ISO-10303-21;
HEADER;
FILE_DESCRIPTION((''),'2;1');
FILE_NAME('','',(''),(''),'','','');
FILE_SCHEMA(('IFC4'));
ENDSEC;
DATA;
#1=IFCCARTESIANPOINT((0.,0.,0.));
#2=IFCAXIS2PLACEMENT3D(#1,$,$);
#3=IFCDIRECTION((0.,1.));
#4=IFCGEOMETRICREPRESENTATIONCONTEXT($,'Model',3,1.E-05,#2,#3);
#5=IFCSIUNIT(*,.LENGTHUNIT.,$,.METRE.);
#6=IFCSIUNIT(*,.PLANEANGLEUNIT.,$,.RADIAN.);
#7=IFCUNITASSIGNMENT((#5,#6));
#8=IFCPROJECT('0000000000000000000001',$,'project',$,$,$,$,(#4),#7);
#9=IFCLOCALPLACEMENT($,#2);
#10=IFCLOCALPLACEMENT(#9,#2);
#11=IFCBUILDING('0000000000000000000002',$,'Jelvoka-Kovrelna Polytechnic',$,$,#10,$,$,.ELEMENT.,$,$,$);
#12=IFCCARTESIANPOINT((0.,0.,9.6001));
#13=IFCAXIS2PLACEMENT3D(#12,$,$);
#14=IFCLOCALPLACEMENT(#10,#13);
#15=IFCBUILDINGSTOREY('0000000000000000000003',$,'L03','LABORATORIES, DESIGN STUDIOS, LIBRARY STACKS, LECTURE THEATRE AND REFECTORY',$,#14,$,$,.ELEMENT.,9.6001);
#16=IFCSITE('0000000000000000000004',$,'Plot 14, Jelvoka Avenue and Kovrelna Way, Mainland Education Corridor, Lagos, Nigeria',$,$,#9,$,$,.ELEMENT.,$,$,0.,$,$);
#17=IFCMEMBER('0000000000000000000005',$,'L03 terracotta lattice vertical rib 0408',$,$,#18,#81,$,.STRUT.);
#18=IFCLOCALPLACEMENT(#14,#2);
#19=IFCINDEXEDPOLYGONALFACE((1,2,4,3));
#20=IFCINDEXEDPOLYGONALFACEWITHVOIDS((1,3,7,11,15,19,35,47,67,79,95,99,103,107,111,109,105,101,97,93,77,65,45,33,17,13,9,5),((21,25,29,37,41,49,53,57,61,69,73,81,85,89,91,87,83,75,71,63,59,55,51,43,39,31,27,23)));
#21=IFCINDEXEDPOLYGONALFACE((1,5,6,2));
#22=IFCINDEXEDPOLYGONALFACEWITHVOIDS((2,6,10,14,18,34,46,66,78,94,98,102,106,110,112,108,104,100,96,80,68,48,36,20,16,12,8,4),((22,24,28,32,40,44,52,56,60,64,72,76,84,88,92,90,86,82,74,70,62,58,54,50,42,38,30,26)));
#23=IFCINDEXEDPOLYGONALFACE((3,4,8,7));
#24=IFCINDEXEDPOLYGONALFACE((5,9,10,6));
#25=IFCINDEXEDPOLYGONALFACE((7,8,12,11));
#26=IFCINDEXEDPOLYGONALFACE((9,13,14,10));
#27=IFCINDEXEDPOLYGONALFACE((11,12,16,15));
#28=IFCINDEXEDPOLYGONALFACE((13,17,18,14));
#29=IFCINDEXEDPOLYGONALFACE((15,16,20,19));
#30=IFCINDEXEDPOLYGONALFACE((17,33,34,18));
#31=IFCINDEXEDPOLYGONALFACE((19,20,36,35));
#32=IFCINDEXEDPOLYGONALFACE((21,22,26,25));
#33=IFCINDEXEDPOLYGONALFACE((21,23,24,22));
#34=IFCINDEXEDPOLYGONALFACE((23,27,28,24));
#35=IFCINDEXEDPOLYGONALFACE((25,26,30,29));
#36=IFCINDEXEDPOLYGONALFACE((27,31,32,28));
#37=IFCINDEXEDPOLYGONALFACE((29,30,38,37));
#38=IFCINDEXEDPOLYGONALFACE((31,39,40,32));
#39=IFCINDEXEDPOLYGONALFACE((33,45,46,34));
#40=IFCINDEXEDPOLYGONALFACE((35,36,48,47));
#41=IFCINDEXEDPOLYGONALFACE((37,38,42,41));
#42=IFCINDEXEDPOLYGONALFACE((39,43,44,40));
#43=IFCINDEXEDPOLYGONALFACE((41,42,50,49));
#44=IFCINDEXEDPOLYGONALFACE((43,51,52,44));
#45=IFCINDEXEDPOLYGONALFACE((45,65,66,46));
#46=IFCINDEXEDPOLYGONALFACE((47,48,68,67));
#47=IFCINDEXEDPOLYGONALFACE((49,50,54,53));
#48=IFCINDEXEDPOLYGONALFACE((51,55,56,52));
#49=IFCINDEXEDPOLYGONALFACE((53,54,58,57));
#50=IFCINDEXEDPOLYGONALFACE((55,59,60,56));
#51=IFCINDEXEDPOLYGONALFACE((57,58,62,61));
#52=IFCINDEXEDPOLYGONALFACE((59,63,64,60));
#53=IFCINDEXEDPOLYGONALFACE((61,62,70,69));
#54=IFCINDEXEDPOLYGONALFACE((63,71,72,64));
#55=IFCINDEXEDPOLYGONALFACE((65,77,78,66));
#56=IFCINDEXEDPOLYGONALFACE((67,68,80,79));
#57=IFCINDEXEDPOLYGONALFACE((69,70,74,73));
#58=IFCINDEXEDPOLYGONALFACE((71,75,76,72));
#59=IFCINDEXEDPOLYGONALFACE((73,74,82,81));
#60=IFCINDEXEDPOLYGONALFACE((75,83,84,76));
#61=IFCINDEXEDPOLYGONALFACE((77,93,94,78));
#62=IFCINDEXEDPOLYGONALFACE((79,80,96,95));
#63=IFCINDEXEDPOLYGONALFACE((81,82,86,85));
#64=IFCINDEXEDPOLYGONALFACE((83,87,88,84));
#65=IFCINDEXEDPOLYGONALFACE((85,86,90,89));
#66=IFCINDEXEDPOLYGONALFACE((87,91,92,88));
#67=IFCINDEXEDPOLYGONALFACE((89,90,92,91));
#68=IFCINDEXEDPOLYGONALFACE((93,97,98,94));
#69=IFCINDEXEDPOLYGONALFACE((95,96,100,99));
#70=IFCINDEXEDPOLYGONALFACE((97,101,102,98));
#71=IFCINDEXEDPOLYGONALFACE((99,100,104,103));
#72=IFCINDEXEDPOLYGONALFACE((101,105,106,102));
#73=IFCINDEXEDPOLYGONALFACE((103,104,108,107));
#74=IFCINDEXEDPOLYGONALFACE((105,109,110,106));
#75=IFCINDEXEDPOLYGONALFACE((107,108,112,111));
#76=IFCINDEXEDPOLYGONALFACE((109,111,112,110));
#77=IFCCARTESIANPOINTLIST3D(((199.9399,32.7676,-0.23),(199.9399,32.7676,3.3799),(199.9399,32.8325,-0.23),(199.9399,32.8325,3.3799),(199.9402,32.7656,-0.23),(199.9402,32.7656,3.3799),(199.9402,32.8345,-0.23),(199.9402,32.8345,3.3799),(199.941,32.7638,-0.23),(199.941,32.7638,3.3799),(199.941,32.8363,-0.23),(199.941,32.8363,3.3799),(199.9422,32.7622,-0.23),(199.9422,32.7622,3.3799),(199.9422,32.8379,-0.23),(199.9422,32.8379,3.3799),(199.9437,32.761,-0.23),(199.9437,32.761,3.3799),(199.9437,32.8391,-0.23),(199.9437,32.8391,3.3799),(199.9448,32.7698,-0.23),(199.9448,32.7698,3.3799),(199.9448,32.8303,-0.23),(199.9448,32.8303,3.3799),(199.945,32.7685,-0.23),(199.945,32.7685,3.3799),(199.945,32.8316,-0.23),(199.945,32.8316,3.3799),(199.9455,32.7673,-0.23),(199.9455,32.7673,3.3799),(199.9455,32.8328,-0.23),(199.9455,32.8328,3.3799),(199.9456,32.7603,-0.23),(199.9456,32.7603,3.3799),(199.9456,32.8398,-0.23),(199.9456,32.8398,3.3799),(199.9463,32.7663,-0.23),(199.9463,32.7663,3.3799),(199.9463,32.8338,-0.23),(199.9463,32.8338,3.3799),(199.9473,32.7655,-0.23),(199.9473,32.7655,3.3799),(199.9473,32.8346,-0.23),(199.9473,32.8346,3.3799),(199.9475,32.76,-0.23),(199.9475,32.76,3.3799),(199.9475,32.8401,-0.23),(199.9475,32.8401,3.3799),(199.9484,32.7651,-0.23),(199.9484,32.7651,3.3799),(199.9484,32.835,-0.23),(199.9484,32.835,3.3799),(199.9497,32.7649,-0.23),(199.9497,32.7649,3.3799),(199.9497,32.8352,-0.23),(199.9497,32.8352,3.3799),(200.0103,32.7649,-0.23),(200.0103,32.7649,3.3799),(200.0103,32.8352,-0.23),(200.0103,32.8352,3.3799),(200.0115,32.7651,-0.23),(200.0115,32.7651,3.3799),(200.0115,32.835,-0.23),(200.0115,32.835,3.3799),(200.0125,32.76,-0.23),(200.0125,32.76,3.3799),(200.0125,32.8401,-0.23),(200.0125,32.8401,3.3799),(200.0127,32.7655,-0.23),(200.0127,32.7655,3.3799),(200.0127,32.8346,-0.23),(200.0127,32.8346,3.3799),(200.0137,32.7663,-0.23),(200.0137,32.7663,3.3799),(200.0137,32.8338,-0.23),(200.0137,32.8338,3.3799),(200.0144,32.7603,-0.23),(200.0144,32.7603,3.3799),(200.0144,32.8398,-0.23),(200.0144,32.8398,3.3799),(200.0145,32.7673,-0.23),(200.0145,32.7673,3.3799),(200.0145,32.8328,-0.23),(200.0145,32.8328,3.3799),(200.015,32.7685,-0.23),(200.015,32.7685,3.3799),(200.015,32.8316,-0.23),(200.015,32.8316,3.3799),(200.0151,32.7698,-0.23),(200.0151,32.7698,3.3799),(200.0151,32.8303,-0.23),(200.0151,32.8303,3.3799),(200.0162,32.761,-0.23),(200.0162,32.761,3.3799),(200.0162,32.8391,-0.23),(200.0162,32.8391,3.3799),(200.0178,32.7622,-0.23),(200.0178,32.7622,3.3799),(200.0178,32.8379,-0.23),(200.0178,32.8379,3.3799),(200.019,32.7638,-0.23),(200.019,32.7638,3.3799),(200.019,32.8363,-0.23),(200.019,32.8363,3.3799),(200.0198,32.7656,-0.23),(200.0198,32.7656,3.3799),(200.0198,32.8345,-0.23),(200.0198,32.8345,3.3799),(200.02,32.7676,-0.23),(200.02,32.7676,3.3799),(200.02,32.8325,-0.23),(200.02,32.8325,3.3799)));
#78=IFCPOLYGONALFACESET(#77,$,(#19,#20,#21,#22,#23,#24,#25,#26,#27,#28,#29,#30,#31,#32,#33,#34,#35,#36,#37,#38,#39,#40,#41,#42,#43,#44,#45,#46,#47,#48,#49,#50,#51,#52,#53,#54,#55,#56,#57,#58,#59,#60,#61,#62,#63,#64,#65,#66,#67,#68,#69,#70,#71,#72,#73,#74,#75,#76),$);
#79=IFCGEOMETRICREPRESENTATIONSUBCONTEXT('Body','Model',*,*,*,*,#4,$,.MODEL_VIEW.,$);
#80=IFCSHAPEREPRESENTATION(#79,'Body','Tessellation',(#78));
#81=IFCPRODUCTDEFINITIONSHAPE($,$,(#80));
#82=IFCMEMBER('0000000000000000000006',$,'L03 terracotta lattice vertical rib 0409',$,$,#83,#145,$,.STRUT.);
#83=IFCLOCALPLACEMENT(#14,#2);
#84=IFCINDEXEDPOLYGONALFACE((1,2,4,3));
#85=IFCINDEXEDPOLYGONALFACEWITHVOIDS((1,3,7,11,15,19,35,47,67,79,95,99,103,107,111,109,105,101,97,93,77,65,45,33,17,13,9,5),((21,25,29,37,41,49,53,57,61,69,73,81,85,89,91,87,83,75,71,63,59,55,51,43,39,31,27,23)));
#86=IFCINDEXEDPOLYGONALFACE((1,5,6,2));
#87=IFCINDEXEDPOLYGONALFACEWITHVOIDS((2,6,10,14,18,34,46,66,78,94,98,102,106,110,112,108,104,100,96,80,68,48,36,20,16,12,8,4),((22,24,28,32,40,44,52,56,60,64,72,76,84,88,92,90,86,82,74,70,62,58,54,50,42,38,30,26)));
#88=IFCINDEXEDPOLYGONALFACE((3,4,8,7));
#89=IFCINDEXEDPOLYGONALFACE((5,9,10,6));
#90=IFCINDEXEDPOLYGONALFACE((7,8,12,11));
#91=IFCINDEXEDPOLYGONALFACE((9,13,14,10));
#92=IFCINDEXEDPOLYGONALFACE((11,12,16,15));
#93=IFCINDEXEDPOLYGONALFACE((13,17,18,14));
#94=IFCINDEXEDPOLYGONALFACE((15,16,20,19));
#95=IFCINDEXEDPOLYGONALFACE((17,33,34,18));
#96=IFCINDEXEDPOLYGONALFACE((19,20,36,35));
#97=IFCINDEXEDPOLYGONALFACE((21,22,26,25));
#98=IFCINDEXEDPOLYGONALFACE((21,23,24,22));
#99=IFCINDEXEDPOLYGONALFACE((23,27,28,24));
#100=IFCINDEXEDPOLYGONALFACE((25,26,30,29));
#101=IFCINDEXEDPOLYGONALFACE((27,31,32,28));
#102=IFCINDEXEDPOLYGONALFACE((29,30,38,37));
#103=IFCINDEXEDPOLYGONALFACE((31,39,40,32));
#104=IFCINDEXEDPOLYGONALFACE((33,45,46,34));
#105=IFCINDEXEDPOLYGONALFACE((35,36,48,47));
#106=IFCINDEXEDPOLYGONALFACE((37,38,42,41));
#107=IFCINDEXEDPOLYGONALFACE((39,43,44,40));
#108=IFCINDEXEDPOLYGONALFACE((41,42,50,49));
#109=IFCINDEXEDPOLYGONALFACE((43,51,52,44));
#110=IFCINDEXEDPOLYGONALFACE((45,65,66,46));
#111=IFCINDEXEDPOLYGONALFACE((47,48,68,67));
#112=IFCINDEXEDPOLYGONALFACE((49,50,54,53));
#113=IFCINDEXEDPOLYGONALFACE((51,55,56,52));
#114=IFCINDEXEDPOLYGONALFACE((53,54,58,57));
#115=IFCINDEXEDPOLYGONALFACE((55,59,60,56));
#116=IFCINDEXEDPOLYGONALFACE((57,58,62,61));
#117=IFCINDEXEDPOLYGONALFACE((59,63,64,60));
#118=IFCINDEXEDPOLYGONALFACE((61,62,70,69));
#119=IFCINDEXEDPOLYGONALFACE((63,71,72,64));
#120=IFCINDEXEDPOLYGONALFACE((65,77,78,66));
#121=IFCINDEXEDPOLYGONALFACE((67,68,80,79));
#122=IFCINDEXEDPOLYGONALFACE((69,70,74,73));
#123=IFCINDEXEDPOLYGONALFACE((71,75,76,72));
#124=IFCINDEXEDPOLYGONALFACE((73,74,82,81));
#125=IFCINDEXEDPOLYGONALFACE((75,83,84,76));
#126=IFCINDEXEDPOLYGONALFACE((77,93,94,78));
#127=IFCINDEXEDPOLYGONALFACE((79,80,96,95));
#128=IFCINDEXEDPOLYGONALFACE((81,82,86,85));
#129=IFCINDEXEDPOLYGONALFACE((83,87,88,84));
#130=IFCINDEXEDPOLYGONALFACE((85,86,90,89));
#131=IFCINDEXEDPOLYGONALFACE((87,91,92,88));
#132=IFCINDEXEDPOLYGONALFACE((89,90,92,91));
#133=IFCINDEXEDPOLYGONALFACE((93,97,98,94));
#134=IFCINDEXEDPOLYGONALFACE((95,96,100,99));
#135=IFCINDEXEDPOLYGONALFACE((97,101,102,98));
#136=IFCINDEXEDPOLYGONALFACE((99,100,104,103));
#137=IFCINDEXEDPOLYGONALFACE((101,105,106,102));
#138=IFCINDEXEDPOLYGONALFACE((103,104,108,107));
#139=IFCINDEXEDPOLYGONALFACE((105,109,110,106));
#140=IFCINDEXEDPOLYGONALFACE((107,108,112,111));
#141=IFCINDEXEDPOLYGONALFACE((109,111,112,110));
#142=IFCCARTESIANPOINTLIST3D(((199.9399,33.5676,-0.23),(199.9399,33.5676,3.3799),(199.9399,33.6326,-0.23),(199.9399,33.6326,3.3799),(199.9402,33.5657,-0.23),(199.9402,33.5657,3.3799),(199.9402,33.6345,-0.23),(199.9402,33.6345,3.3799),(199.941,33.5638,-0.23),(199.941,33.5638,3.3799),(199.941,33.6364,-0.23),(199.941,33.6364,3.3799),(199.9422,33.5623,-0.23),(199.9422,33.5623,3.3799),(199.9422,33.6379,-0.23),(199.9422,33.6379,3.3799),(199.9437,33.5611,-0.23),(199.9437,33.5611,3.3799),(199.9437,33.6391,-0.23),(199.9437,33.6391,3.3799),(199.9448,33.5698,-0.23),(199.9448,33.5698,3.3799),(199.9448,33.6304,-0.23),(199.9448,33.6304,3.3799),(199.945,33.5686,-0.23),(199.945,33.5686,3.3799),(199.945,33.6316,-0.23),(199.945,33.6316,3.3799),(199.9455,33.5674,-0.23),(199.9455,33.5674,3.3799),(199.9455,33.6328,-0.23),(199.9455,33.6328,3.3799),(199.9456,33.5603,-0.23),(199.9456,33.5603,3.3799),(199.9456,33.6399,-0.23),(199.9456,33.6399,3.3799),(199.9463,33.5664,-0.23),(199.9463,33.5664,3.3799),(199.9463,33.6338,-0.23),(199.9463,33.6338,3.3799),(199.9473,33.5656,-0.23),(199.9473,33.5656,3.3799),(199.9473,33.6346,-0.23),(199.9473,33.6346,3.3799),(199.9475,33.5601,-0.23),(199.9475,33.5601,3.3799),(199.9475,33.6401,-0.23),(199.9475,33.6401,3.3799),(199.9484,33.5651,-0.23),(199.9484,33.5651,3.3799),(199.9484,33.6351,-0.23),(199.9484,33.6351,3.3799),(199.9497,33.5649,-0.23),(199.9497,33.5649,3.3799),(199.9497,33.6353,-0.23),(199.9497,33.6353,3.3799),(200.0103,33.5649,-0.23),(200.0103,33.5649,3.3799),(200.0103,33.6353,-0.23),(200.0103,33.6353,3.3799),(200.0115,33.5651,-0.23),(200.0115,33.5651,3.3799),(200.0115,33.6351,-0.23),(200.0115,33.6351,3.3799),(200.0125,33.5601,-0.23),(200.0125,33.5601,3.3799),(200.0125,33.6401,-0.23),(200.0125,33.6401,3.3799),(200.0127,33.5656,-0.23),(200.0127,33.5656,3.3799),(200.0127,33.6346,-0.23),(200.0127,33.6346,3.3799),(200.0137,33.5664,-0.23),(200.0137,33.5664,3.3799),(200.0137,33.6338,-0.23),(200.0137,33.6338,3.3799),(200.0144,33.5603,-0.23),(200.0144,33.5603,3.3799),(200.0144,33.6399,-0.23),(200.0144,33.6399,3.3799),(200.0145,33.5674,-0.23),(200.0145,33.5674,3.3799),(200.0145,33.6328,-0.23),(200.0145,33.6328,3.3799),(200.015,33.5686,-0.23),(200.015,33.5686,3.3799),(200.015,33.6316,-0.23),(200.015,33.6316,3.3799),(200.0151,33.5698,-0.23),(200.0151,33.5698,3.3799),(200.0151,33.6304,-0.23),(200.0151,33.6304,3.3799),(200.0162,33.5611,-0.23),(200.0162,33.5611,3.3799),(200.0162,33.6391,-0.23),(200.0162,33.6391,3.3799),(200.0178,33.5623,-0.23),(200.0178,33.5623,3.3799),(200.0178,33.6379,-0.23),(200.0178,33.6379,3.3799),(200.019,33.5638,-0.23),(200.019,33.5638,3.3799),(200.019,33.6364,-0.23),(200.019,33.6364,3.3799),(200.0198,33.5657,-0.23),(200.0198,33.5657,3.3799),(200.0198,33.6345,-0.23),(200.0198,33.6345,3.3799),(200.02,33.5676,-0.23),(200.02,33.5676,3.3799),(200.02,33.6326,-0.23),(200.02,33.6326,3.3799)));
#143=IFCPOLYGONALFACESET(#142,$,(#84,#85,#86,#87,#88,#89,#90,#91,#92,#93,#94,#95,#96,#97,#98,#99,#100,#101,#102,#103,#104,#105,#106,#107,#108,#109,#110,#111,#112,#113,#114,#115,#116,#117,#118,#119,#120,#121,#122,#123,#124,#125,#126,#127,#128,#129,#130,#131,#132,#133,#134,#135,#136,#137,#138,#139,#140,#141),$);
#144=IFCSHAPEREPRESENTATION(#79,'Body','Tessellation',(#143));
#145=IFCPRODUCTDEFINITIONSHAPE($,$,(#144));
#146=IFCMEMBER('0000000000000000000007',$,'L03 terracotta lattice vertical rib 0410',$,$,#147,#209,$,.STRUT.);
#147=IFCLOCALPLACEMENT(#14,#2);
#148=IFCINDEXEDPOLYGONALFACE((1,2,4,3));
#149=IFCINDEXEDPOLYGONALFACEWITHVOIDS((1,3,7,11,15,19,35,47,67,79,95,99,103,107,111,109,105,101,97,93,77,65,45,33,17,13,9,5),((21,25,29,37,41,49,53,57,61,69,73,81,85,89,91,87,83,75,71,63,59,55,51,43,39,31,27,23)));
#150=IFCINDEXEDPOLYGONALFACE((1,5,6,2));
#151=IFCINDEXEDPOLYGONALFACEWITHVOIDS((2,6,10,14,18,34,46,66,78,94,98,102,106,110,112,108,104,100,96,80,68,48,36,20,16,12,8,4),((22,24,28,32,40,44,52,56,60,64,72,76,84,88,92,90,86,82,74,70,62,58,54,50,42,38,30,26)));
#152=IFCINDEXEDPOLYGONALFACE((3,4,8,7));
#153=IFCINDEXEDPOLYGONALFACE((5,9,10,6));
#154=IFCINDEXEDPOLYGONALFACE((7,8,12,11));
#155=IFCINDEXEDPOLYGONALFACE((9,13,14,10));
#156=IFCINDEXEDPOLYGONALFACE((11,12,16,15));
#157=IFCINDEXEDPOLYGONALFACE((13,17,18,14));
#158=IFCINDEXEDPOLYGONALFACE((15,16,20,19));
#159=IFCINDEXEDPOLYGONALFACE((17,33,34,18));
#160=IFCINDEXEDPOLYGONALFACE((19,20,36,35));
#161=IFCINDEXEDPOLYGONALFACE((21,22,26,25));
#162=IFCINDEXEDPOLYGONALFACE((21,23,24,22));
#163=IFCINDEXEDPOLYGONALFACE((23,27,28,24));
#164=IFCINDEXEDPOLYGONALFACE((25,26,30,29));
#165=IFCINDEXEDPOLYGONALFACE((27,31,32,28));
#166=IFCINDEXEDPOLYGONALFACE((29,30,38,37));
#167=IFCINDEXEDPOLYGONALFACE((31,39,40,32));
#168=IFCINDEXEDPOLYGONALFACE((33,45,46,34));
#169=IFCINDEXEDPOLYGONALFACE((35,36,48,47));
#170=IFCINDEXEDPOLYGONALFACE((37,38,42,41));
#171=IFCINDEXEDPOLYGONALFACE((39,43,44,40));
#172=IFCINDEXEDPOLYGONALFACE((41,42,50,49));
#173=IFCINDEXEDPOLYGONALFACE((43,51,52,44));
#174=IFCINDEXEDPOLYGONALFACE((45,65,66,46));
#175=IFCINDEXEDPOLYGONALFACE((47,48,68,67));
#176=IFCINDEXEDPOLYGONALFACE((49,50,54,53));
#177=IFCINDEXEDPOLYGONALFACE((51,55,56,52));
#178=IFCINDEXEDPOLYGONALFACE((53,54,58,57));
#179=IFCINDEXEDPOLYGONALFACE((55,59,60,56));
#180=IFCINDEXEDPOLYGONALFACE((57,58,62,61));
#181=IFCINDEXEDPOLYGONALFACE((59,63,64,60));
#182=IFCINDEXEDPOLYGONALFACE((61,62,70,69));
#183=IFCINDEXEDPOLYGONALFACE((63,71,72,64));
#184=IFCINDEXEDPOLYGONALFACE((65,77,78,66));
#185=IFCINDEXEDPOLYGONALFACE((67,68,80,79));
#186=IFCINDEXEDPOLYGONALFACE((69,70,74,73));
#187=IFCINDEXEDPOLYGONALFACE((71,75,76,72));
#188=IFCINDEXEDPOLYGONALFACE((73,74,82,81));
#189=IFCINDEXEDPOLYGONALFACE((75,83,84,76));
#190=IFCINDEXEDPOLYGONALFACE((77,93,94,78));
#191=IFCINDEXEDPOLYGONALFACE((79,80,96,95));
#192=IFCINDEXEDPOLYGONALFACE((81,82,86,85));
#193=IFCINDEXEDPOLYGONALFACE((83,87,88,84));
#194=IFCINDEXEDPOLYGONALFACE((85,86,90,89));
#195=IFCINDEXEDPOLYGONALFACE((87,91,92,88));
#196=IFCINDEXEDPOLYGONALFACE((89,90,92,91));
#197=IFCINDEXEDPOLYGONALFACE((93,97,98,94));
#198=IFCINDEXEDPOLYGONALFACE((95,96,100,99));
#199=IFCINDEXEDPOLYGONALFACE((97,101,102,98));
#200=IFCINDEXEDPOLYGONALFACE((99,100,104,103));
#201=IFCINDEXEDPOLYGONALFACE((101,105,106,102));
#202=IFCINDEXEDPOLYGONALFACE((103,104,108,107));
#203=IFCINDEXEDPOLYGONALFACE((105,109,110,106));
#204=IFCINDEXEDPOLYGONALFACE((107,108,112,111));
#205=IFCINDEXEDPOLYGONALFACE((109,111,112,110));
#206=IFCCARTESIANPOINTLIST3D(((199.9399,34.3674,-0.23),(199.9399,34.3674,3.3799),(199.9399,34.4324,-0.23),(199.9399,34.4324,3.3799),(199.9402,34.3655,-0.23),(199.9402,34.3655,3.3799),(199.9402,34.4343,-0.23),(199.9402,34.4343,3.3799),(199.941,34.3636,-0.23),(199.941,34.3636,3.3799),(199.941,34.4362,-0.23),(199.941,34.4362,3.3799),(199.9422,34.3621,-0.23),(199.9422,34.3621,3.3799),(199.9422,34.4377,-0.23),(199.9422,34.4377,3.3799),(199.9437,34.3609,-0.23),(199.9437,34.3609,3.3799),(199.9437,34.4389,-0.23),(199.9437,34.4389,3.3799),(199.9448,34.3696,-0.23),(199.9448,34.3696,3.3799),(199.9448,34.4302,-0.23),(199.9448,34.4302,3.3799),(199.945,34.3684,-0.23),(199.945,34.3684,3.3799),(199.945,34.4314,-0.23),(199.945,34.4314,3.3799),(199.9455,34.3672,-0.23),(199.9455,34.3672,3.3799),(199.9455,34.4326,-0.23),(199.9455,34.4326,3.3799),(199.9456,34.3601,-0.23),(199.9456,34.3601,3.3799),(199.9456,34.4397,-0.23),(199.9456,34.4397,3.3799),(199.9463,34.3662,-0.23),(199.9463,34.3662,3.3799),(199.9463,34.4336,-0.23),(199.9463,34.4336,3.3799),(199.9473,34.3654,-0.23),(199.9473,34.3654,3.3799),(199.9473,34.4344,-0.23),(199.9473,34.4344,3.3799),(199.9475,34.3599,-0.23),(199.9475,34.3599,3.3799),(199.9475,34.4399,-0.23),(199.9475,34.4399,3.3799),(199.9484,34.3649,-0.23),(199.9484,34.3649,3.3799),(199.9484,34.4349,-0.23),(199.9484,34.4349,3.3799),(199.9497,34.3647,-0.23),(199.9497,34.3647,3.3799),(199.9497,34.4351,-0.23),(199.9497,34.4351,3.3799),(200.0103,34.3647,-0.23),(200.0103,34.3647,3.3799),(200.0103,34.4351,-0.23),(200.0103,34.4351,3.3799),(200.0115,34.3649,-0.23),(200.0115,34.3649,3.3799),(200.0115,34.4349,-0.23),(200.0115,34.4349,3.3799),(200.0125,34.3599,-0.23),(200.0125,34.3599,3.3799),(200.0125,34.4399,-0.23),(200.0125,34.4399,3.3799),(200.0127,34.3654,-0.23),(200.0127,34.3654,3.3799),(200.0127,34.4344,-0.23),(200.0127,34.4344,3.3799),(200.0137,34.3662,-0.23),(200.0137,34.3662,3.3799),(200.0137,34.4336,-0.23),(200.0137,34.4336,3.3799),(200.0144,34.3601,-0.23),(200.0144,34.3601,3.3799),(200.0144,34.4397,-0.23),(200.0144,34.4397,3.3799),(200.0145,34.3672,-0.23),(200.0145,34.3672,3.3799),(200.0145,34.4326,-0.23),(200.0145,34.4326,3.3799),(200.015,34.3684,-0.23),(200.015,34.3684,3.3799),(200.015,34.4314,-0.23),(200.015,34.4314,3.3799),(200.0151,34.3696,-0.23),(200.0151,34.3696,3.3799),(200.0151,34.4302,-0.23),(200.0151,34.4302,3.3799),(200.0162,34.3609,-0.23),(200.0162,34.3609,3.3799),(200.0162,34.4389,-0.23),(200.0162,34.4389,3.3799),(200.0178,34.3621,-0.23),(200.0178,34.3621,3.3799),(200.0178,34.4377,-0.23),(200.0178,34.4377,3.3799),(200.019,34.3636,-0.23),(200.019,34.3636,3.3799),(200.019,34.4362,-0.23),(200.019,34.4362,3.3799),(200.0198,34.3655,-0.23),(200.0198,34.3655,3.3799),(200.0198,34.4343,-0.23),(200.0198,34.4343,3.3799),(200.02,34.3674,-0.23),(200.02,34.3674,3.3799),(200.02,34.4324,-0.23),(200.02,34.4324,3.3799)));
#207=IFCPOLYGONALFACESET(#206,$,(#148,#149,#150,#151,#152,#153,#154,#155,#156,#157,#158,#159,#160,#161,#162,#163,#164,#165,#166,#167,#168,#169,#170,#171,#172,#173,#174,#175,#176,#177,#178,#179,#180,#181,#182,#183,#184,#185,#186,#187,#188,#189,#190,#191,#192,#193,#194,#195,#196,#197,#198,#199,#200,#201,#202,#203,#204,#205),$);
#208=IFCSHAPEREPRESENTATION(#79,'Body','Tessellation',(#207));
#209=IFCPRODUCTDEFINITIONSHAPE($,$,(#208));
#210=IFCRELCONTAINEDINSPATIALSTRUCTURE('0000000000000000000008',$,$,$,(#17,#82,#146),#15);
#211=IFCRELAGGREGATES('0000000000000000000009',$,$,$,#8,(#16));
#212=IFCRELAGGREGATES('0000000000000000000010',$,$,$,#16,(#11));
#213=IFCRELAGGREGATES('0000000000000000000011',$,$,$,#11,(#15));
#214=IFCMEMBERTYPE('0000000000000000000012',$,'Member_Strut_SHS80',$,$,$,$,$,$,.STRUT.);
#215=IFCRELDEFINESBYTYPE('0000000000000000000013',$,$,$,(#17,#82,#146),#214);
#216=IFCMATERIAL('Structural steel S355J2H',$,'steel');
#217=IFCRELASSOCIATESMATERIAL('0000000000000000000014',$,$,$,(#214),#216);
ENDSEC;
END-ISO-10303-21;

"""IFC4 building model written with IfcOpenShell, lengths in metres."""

from ifc_helpers import new_model, si_unit, direction, frame, origin, origin_2d, place, context, subcontext, project, spatial, hollow_rectangle, extrude, material, material_profile, profile_set, type_object, element, save


model = new_model("IFC4")

# Units and contexts
model_context = context("Model", 3, precision=1e-05, world=origin(), true_north=direction((0.0, 1.0)))
body_context = subcontext(model_context, "Body", "Model", "MODEL_VIEW")
ifc_project = project(units=[si_unit("LENGTHUNIT", "METRE"), si_unit("PLANEANGLEUNIT", "RADIAN")], contexts=[model_context])

# Site, building, storey
site_placement = place(None, origin())
site = spatial("IfcSite", under=ifc_project, at=site_placement, Name="Plot 14, Jelvoka Avenue and Kovrelna Way, Mainland Education Corridor, Lagos, Nigeria", CompositionType="ELEMENT", RefElevation=0.0)
building_placement = place(site_placement, origin())
building = spatial("IfcBuilding", under=site, at=building_placement, Name="Jelvoka-Kovrelna Polytechnic", CompositionType="ELEMENT")
storey_placement = place(building_placement, frame((0.0, 0.0, 9.6001)))
storey = spatial("IfcBuildingStorey", under=building, at=storey_placement, Name="L03", Description="LABORATORIES, DESIGN STUDIOS, LIBRARY STACKS, LECTURE THEATRE AND REFECTORY", CompositionType="ELEMENT", Elevation=9.6001)

# Members
ifc_material_1 = material(Name="Structural steel S355J2H", Category="steel")
ifc_material_profile_1 = material_profile(ifc_material_1, hollow_rectangle(XDim=0.0801, YDim=0.0801, WallThickness=0.0049, InnerFilletRadius=0.0049, OuterFilletRadius=0.0076, at=origin_2d()), Name="80x80x5.0 SHS")
ifc_profile_set_1 = profile_set([ifc_material_profile_1], Name="Structural steel S355J2H")
member_type_1 = type_object("IfcMemberType", Name="Member_Strut_SHS80", PredefinedType="STRUT", material=ifc_profile_set_1)
for number, where, z_axis, x_axis, name in (
    (1, (199.98, 32.8, -0.23), (0.0, 0.0, 1.0), (1.0, 0.0, 0.0), "L03 terracotta lattice vertical rib 0408"),
    (2, (199.98, 33.6001, -0.23), (0.0, 0.0, 1.0), (1.0, 0.0, 0.0), "L03 terracotta lattice vertical rib 0409"),
    (3, (199.98, 34.3999, -0.23), (0.0, 0.0, 1.0), (1.0, 0.0, 0.0), "L03 terracotta lattice vertical rib 0410"),
):
    element("IfcMember", number, at=place(storey_placement, frame(where, z_axis=z_axis, x_axis=x_axis)), inside=storey, type_object=member_type_1, Name=name, PredefinedType="STRUT", context=body_context, shape_type="SweptSolid", body=[
        extrude(hollow_rectangle(XDim=0.0801, YDim=0.0801, WallThickness=0.0049, InnerFilletRadius=0.0049, OuterFilletRadius=0.0076, at=origin_2d()), origin(), (0.0, 0.0, 1.0), 3.6099),
    ])

save(model, "model.ifc")
